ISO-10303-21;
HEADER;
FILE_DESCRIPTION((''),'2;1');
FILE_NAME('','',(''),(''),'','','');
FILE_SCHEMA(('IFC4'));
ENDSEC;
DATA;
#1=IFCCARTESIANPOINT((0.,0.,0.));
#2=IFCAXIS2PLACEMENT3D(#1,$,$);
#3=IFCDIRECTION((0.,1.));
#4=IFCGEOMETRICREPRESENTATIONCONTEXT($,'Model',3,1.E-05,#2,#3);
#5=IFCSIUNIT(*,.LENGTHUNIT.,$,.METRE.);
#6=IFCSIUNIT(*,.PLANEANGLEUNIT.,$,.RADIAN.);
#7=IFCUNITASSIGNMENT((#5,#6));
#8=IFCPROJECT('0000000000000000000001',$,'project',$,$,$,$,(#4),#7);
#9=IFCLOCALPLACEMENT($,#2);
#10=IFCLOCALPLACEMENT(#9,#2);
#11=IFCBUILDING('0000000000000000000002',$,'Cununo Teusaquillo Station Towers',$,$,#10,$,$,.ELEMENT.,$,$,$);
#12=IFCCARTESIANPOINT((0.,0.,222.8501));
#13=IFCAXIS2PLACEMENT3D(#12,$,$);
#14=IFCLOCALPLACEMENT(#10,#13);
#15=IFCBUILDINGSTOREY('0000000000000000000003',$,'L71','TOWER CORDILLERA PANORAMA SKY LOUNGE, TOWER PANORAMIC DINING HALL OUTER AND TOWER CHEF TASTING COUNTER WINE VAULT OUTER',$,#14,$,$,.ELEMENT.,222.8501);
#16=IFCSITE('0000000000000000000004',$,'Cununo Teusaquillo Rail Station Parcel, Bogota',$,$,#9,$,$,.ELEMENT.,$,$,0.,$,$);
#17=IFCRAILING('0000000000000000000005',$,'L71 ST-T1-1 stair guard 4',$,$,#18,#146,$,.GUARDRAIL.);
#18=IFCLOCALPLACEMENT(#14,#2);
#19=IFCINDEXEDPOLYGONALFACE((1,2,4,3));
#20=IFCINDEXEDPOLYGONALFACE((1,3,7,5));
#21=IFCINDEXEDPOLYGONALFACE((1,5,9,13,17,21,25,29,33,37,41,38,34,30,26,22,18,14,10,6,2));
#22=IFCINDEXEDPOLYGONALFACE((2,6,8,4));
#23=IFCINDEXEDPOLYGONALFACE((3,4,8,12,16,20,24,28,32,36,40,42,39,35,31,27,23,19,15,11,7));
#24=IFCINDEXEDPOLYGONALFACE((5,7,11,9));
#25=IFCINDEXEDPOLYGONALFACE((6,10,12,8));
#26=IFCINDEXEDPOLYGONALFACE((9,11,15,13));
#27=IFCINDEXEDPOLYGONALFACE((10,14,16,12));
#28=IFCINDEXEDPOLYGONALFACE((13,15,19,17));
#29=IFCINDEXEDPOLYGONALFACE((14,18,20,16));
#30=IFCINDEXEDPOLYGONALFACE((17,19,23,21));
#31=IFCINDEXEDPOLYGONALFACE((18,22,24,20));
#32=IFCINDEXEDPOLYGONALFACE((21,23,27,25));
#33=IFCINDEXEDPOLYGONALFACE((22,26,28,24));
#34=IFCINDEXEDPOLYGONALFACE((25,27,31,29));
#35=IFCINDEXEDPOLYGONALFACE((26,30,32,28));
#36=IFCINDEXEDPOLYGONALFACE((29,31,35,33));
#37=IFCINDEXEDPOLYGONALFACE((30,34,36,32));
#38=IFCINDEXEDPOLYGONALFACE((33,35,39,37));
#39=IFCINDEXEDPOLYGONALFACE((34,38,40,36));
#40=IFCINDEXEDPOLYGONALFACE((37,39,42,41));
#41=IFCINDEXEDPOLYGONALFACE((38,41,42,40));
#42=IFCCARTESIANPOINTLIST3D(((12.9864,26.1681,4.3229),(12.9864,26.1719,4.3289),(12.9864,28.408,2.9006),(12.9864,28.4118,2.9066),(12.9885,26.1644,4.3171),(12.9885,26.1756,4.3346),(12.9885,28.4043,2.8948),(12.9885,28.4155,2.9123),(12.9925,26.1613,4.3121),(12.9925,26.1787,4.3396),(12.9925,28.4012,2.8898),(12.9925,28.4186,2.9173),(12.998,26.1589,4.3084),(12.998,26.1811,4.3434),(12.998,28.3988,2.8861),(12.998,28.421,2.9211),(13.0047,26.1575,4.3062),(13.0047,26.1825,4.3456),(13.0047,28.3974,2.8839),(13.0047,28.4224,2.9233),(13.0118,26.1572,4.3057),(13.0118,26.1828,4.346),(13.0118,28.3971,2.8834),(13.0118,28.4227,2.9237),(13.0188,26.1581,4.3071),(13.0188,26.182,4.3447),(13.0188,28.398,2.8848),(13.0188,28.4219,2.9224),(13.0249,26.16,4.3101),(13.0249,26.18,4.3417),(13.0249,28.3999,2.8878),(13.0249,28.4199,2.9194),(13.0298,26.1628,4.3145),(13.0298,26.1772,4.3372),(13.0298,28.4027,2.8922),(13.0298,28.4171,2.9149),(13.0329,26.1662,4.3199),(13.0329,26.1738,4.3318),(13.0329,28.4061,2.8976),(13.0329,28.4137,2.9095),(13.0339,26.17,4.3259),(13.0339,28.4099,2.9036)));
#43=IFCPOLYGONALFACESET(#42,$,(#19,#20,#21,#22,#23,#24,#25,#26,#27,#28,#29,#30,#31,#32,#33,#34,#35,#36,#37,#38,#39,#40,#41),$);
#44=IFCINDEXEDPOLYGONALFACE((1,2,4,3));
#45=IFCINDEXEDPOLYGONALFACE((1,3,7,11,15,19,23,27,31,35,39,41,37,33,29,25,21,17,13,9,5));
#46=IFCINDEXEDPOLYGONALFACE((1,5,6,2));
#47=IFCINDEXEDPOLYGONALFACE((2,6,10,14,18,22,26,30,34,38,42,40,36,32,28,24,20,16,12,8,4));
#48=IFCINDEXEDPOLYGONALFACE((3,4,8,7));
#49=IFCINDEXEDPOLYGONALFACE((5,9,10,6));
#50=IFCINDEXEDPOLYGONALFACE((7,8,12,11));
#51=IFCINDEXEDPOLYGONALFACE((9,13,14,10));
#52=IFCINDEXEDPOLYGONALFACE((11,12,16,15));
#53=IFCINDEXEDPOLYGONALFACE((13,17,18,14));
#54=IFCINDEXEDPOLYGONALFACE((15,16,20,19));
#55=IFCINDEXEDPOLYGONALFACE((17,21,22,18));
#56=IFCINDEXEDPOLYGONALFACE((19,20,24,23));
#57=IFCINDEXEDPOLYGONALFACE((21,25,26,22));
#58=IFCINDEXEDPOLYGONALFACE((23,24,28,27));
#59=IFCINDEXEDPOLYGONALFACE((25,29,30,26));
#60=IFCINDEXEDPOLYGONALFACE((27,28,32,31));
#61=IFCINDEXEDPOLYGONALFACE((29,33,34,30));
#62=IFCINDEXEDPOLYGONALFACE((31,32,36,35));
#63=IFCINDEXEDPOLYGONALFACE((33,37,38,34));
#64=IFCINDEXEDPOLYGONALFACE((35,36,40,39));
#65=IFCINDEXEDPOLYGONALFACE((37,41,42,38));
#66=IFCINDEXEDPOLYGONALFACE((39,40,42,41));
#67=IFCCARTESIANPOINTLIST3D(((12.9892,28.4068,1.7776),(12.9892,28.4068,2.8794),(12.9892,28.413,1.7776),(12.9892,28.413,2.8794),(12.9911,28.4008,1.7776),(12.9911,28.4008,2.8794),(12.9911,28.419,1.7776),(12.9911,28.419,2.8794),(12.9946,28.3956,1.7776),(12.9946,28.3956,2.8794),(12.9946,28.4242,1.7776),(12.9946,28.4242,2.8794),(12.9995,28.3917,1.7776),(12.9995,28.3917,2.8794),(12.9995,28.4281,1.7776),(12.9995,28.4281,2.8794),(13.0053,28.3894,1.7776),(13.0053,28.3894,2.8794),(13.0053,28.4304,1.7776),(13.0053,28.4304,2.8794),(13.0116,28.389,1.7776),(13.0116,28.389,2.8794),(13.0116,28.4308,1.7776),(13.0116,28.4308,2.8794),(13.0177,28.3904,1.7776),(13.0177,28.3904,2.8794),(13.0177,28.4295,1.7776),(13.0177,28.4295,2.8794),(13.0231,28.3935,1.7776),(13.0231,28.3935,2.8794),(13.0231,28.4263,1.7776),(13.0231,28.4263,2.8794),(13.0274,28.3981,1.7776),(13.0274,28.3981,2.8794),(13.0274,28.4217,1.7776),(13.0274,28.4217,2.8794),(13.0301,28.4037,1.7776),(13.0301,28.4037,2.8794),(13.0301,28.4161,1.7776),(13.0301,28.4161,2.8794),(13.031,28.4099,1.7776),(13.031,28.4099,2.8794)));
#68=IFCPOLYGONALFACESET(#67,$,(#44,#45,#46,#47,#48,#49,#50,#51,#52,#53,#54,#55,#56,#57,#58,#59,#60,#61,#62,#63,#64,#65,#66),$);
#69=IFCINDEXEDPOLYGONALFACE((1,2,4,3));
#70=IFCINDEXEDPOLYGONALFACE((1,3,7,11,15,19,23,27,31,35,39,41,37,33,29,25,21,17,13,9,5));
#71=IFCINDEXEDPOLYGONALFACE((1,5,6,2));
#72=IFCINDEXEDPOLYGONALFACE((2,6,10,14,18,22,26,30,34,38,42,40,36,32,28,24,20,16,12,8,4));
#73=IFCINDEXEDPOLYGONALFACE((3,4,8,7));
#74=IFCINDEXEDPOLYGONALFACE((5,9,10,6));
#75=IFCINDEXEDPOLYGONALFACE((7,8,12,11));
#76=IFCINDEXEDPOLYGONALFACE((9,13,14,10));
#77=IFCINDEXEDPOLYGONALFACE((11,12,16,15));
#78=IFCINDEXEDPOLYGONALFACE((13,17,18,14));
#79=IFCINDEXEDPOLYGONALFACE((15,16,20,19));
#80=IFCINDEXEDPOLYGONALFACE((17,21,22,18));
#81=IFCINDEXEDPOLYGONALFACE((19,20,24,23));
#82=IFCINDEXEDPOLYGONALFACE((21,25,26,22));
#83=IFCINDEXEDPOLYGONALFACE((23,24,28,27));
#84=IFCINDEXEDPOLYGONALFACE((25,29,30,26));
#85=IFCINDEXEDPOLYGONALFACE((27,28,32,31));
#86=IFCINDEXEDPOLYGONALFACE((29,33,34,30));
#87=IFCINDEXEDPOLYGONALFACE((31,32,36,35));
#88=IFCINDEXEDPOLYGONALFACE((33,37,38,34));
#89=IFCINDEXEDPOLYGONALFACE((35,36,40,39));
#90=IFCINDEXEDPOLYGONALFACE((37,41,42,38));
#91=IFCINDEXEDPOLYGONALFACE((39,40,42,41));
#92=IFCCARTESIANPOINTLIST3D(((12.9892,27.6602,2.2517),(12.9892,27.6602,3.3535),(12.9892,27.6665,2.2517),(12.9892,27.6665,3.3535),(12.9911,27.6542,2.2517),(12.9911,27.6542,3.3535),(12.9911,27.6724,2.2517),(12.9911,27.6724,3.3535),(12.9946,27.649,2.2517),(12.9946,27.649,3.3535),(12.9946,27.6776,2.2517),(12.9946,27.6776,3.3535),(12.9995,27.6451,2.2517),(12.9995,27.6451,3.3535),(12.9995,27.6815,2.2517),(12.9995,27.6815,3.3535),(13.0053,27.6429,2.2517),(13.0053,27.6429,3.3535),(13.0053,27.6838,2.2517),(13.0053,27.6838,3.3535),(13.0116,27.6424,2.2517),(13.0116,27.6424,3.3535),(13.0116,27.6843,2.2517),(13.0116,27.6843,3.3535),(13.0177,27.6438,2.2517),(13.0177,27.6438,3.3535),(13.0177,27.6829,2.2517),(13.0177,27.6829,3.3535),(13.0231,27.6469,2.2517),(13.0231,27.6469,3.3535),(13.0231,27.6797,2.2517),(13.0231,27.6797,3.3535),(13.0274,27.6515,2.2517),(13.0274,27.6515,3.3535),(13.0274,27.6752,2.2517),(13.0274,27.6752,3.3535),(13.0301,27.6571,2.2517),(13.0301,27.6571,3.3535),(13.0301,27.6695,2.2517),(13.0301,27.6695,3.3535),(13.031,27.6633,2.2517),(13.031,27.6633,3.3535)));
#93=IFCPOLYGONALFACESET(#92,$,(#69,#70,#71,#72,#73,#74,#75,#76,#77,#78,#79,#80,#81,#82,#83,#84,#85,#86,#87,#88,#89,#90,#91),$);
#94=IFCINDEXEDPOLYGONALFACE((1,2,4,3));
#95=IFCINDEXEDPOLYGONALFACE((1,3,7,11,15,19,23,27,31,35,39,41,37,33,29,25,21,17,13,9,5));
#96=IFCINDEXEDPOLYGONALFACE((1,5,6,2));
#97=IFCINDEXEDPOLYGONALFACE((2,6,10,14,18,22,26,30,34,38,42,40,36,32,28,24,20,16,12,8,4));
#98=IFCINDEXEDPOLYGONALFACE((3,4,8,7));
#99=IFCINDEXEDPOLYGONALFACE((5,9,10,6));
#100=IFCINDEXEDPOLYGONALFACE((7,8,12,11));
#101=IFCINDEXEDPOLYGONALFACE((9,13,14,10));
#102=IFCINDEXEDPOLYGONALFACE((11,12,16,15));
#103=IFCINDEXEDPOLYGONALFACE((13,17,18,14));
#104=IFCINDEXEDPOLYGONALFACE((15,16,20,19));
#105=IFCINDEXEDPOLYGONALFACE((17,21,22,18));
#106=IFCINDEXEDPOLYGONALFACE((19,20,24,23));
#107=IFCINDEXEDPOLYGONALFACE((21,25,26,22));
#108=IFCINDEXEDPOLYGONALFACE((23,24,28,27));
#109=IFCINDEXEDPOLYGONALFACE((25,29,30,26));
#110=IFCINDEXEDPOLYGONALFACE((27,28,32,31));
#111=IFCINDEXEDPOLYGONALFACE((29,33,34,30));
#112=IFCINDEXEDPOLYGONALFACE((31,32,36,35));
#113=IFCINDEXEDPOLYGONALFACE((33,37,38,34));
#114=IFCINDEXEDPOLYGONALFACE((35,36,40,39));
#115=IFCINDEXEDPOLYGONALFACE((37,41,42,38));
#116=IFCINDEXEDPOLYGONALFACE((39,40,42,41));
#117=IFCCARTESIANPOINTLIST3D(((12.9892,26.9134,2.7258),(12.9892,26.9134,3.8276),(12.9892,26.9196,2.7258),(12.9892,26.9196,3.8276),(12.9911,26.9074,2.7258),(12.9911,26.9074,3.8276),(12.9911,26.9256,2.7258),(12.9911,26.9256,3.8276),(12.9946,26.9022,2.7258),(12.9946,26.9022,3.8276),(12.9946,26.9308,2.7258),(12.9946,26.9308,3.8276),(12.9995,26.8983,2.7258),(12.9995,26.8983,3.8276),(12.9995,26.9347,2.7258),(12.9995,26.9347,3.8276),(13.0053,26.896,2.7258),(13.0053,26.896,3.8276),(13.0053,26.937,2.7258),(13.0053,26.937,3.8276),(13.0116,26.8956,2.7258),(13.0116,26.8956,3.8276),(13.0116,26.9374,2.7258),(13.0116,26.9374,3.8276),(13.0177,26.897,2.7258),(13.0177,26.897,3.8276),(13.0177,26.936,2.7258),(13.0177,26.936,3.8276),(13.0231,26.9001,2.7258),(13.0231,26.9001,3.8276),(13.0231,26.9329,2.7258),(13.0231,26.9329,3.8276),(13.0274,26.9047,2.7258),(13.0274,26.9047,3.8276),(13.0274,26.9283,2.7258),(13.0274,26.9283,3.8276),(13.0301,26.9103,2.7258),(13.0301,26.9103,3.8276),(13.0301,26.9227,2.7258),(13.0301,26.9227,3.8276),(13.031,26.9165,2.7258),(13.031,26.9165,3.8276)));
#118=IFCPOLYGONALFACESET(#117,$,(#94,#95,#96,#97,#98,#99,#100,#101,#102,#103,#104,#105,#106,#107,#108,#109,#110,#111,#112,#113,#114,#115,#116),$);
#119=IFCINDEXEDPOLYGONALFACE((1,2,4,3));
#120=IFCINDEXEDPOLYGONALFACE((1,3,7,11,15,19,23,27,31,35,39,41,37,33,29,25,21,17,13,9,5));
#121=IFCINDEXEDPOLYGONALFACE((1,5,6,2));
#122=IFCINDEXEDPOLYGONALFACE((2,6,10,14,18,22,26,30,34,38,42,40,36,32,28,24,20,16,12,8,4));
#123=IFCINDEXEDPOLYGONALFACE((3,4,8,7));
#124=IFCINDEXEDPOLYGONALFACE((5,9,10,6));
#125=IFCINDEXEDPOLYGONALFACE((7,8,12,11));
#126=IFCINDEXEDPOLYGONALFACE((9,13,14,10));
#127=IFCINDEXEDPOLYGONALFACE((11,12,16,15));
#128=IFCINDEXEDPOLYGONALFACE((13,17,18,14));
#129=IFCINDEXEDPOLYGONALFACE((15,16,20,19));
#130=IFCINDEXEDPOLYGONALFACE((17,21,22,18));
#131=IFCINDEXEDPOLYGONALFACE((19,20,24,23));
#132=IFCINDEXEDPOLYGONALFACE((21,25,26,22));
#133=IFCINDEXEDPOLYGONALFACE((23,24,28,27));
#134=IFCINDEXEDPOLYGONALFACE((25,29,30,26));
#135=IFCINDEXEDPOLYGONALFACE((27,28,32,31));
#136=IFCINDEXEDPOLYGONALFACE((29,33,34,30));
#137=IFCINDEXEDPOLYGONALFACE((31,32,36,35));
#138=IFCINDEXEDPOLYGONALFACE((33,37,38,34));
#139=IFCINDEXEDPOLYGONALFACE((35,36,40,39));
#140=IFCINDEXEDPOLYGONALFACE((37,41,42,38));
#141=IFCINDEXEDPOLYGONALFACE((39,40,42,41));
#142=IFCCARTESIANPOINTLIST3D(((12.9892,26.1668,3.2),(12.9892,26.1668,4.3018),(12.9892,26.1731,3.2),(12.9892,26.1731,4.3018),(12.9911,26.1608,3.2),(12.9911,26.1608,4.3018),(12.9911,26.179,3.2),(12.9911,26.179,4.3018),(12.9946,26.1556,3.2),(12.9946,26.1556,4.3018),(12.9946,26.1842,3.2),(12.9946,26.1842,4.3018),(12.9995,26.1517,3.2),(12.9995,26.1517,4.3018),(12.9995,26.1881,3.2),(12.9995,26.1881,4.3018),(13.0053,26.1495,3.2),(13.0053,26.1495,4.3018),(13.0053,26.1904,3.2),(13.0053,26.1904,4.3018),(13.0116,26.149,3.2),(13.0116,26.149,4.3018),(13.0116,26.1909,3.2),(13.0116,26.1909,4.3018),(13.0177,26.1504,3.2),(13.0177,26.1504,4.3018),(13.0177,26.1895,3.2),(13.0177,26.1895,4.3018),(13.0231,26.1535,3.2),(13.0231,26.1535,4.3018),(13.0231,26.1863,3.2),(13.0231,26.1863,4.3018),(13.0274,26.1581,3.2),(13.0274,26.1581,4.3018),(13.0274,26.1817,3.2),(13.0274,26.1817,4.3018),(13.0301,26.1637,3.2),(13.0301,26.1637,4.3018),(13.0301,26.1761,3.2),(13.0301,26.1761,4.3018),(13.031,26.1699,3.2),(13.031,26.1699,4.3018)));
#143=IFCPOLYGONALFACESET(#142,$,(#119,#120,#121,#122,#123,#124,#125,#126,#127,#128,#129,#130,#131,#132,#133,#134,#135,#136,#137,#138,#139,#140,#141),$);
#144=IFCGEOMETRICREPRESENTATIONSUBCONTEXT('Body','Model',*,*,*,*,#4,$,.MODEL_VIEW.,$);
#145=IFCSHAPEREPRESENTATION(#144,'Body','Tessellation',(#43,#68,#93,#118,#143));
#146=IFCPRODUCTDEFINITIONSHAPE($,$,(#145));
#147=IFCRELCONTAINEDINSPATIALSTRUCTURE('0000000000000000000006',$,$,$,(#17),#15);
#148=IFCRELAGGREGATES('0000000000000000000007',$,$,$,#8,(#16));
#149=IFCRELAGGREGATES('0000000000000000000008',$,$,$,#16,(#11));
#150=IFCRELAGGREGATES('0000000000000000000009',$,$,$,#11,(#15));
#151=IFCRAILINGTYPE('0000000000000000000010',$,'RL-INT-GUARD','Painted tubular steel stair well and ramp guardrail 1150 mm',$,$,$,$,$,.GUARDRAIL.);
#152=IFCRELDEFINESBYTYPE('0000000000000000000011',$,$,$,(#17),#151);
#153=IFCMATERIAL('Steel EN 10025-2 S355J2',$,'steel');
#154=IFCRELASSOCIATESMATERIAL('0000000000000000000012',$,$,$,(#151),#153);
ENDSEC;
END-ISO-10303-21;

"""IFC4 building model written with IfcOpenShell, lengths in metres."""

from ifc_helpers import new_model, si_unit, direction, frame, origin, origin_2d, place, context, subcontext, project, spatial, circle, extrude, material, type_object, element, save


model = new_model("IFC4")

# Units and contexts
model_context = context("Model", 3, precision=1e-05, world=origin(), true_north=direction((0.0, 1.0)))
body_context = subcontext(model_context, "Body", "Model", "MODEL_VIEW")
ifc_project = project(units=[si_unit("LENGTHUNIT", "METRE"), si_unit("PLANEANGLEUNIT", "RADIAN")], contexts=[model_context])

# Site, building, storey
site_placement = place(None, origin())
site = spatial("IfcSite", under=ifc_project, at=site_placement, Name="Cununo Teusaquillo Rail Station Parcel, Bogota", CompositionType="ELEMENT", RefElevation=0.0)
building_placement = place(site_placement, origin())
building = spatial("IfcBuilding", under=site, at=building_placement, Name="Cununo Teusaquillo Station Towers", CompositionType="ELEMENT")
storey_placement = place(building_placement, frame((0.0, 0.0, 222.8501)))
storey = spatial("IfcBuildingStorey", under=building, at=storey_placement, Name="L71", Description="TOWER CORDILLERA PANORAMA SKY LOUNGE, TOWER PANORAMIC DINING HALL OUTER AND TOWER CHEF TASTING COUNTER WINE VAULT OUTER", CompositionType="ELEMENT", Elevation=222.8501)

# Railing
ifc_material_1 = material(Name="Steel EN 10025-2 S355J2", Category="steel")
railing_type_1 = type_object("IfcRailingType", Name="RL-INT-GUARD", Description="Painted tubular steel stair well and ramp guardrail 1150 mm", PredefinedType="GUARDRAIL", material=ifc_material_1)
railing_1_placement = place(storey_placement, frame((13.01, 28.4099, 1.7776)))
element("IfcRailing", 1, at=railing_1_placement, inside=storey, type_object=railing_type_1, Name="L71 ST-T1-1 stair guard 4", PredefinedType="GUARDRAIL", context=body_context, shape_type="SweptSolid", body=[
    extrude(circle(Radius=0.0239, at=origin_2d()), frame((0.0, 0.0, 1.126), z_axis=(0.0, -0.844188, 0.536048), x_axis=(1.0, 0.0, 0.0)), (0.0, 0.0, 1.0), 2.6533),
    extrude(circle(Radius=0.021, at=origin_2d()), origin(), (0.0, 0.0, 1.0), 1.1018),
    extrude(circle(Radius=0.021, at=origin_2d()), frame((0.0, -0.7466, 0.4741)), (0.0, 0.0, 1.0), 1.1018),
    extrude(circle(Radius=0.021, at=origin_2d()), frame((0.0, -1.4934, 0.9482)), (0.0, 0.0, 1.0), 1.1018),
    extrude(circle(Radius=0.021, at=origin_2d()), frame((0.0, -2.24, 1.4224)), (0.0, 0.0, 1.0), 1.1018),
])

save(model, "model.ifc")
